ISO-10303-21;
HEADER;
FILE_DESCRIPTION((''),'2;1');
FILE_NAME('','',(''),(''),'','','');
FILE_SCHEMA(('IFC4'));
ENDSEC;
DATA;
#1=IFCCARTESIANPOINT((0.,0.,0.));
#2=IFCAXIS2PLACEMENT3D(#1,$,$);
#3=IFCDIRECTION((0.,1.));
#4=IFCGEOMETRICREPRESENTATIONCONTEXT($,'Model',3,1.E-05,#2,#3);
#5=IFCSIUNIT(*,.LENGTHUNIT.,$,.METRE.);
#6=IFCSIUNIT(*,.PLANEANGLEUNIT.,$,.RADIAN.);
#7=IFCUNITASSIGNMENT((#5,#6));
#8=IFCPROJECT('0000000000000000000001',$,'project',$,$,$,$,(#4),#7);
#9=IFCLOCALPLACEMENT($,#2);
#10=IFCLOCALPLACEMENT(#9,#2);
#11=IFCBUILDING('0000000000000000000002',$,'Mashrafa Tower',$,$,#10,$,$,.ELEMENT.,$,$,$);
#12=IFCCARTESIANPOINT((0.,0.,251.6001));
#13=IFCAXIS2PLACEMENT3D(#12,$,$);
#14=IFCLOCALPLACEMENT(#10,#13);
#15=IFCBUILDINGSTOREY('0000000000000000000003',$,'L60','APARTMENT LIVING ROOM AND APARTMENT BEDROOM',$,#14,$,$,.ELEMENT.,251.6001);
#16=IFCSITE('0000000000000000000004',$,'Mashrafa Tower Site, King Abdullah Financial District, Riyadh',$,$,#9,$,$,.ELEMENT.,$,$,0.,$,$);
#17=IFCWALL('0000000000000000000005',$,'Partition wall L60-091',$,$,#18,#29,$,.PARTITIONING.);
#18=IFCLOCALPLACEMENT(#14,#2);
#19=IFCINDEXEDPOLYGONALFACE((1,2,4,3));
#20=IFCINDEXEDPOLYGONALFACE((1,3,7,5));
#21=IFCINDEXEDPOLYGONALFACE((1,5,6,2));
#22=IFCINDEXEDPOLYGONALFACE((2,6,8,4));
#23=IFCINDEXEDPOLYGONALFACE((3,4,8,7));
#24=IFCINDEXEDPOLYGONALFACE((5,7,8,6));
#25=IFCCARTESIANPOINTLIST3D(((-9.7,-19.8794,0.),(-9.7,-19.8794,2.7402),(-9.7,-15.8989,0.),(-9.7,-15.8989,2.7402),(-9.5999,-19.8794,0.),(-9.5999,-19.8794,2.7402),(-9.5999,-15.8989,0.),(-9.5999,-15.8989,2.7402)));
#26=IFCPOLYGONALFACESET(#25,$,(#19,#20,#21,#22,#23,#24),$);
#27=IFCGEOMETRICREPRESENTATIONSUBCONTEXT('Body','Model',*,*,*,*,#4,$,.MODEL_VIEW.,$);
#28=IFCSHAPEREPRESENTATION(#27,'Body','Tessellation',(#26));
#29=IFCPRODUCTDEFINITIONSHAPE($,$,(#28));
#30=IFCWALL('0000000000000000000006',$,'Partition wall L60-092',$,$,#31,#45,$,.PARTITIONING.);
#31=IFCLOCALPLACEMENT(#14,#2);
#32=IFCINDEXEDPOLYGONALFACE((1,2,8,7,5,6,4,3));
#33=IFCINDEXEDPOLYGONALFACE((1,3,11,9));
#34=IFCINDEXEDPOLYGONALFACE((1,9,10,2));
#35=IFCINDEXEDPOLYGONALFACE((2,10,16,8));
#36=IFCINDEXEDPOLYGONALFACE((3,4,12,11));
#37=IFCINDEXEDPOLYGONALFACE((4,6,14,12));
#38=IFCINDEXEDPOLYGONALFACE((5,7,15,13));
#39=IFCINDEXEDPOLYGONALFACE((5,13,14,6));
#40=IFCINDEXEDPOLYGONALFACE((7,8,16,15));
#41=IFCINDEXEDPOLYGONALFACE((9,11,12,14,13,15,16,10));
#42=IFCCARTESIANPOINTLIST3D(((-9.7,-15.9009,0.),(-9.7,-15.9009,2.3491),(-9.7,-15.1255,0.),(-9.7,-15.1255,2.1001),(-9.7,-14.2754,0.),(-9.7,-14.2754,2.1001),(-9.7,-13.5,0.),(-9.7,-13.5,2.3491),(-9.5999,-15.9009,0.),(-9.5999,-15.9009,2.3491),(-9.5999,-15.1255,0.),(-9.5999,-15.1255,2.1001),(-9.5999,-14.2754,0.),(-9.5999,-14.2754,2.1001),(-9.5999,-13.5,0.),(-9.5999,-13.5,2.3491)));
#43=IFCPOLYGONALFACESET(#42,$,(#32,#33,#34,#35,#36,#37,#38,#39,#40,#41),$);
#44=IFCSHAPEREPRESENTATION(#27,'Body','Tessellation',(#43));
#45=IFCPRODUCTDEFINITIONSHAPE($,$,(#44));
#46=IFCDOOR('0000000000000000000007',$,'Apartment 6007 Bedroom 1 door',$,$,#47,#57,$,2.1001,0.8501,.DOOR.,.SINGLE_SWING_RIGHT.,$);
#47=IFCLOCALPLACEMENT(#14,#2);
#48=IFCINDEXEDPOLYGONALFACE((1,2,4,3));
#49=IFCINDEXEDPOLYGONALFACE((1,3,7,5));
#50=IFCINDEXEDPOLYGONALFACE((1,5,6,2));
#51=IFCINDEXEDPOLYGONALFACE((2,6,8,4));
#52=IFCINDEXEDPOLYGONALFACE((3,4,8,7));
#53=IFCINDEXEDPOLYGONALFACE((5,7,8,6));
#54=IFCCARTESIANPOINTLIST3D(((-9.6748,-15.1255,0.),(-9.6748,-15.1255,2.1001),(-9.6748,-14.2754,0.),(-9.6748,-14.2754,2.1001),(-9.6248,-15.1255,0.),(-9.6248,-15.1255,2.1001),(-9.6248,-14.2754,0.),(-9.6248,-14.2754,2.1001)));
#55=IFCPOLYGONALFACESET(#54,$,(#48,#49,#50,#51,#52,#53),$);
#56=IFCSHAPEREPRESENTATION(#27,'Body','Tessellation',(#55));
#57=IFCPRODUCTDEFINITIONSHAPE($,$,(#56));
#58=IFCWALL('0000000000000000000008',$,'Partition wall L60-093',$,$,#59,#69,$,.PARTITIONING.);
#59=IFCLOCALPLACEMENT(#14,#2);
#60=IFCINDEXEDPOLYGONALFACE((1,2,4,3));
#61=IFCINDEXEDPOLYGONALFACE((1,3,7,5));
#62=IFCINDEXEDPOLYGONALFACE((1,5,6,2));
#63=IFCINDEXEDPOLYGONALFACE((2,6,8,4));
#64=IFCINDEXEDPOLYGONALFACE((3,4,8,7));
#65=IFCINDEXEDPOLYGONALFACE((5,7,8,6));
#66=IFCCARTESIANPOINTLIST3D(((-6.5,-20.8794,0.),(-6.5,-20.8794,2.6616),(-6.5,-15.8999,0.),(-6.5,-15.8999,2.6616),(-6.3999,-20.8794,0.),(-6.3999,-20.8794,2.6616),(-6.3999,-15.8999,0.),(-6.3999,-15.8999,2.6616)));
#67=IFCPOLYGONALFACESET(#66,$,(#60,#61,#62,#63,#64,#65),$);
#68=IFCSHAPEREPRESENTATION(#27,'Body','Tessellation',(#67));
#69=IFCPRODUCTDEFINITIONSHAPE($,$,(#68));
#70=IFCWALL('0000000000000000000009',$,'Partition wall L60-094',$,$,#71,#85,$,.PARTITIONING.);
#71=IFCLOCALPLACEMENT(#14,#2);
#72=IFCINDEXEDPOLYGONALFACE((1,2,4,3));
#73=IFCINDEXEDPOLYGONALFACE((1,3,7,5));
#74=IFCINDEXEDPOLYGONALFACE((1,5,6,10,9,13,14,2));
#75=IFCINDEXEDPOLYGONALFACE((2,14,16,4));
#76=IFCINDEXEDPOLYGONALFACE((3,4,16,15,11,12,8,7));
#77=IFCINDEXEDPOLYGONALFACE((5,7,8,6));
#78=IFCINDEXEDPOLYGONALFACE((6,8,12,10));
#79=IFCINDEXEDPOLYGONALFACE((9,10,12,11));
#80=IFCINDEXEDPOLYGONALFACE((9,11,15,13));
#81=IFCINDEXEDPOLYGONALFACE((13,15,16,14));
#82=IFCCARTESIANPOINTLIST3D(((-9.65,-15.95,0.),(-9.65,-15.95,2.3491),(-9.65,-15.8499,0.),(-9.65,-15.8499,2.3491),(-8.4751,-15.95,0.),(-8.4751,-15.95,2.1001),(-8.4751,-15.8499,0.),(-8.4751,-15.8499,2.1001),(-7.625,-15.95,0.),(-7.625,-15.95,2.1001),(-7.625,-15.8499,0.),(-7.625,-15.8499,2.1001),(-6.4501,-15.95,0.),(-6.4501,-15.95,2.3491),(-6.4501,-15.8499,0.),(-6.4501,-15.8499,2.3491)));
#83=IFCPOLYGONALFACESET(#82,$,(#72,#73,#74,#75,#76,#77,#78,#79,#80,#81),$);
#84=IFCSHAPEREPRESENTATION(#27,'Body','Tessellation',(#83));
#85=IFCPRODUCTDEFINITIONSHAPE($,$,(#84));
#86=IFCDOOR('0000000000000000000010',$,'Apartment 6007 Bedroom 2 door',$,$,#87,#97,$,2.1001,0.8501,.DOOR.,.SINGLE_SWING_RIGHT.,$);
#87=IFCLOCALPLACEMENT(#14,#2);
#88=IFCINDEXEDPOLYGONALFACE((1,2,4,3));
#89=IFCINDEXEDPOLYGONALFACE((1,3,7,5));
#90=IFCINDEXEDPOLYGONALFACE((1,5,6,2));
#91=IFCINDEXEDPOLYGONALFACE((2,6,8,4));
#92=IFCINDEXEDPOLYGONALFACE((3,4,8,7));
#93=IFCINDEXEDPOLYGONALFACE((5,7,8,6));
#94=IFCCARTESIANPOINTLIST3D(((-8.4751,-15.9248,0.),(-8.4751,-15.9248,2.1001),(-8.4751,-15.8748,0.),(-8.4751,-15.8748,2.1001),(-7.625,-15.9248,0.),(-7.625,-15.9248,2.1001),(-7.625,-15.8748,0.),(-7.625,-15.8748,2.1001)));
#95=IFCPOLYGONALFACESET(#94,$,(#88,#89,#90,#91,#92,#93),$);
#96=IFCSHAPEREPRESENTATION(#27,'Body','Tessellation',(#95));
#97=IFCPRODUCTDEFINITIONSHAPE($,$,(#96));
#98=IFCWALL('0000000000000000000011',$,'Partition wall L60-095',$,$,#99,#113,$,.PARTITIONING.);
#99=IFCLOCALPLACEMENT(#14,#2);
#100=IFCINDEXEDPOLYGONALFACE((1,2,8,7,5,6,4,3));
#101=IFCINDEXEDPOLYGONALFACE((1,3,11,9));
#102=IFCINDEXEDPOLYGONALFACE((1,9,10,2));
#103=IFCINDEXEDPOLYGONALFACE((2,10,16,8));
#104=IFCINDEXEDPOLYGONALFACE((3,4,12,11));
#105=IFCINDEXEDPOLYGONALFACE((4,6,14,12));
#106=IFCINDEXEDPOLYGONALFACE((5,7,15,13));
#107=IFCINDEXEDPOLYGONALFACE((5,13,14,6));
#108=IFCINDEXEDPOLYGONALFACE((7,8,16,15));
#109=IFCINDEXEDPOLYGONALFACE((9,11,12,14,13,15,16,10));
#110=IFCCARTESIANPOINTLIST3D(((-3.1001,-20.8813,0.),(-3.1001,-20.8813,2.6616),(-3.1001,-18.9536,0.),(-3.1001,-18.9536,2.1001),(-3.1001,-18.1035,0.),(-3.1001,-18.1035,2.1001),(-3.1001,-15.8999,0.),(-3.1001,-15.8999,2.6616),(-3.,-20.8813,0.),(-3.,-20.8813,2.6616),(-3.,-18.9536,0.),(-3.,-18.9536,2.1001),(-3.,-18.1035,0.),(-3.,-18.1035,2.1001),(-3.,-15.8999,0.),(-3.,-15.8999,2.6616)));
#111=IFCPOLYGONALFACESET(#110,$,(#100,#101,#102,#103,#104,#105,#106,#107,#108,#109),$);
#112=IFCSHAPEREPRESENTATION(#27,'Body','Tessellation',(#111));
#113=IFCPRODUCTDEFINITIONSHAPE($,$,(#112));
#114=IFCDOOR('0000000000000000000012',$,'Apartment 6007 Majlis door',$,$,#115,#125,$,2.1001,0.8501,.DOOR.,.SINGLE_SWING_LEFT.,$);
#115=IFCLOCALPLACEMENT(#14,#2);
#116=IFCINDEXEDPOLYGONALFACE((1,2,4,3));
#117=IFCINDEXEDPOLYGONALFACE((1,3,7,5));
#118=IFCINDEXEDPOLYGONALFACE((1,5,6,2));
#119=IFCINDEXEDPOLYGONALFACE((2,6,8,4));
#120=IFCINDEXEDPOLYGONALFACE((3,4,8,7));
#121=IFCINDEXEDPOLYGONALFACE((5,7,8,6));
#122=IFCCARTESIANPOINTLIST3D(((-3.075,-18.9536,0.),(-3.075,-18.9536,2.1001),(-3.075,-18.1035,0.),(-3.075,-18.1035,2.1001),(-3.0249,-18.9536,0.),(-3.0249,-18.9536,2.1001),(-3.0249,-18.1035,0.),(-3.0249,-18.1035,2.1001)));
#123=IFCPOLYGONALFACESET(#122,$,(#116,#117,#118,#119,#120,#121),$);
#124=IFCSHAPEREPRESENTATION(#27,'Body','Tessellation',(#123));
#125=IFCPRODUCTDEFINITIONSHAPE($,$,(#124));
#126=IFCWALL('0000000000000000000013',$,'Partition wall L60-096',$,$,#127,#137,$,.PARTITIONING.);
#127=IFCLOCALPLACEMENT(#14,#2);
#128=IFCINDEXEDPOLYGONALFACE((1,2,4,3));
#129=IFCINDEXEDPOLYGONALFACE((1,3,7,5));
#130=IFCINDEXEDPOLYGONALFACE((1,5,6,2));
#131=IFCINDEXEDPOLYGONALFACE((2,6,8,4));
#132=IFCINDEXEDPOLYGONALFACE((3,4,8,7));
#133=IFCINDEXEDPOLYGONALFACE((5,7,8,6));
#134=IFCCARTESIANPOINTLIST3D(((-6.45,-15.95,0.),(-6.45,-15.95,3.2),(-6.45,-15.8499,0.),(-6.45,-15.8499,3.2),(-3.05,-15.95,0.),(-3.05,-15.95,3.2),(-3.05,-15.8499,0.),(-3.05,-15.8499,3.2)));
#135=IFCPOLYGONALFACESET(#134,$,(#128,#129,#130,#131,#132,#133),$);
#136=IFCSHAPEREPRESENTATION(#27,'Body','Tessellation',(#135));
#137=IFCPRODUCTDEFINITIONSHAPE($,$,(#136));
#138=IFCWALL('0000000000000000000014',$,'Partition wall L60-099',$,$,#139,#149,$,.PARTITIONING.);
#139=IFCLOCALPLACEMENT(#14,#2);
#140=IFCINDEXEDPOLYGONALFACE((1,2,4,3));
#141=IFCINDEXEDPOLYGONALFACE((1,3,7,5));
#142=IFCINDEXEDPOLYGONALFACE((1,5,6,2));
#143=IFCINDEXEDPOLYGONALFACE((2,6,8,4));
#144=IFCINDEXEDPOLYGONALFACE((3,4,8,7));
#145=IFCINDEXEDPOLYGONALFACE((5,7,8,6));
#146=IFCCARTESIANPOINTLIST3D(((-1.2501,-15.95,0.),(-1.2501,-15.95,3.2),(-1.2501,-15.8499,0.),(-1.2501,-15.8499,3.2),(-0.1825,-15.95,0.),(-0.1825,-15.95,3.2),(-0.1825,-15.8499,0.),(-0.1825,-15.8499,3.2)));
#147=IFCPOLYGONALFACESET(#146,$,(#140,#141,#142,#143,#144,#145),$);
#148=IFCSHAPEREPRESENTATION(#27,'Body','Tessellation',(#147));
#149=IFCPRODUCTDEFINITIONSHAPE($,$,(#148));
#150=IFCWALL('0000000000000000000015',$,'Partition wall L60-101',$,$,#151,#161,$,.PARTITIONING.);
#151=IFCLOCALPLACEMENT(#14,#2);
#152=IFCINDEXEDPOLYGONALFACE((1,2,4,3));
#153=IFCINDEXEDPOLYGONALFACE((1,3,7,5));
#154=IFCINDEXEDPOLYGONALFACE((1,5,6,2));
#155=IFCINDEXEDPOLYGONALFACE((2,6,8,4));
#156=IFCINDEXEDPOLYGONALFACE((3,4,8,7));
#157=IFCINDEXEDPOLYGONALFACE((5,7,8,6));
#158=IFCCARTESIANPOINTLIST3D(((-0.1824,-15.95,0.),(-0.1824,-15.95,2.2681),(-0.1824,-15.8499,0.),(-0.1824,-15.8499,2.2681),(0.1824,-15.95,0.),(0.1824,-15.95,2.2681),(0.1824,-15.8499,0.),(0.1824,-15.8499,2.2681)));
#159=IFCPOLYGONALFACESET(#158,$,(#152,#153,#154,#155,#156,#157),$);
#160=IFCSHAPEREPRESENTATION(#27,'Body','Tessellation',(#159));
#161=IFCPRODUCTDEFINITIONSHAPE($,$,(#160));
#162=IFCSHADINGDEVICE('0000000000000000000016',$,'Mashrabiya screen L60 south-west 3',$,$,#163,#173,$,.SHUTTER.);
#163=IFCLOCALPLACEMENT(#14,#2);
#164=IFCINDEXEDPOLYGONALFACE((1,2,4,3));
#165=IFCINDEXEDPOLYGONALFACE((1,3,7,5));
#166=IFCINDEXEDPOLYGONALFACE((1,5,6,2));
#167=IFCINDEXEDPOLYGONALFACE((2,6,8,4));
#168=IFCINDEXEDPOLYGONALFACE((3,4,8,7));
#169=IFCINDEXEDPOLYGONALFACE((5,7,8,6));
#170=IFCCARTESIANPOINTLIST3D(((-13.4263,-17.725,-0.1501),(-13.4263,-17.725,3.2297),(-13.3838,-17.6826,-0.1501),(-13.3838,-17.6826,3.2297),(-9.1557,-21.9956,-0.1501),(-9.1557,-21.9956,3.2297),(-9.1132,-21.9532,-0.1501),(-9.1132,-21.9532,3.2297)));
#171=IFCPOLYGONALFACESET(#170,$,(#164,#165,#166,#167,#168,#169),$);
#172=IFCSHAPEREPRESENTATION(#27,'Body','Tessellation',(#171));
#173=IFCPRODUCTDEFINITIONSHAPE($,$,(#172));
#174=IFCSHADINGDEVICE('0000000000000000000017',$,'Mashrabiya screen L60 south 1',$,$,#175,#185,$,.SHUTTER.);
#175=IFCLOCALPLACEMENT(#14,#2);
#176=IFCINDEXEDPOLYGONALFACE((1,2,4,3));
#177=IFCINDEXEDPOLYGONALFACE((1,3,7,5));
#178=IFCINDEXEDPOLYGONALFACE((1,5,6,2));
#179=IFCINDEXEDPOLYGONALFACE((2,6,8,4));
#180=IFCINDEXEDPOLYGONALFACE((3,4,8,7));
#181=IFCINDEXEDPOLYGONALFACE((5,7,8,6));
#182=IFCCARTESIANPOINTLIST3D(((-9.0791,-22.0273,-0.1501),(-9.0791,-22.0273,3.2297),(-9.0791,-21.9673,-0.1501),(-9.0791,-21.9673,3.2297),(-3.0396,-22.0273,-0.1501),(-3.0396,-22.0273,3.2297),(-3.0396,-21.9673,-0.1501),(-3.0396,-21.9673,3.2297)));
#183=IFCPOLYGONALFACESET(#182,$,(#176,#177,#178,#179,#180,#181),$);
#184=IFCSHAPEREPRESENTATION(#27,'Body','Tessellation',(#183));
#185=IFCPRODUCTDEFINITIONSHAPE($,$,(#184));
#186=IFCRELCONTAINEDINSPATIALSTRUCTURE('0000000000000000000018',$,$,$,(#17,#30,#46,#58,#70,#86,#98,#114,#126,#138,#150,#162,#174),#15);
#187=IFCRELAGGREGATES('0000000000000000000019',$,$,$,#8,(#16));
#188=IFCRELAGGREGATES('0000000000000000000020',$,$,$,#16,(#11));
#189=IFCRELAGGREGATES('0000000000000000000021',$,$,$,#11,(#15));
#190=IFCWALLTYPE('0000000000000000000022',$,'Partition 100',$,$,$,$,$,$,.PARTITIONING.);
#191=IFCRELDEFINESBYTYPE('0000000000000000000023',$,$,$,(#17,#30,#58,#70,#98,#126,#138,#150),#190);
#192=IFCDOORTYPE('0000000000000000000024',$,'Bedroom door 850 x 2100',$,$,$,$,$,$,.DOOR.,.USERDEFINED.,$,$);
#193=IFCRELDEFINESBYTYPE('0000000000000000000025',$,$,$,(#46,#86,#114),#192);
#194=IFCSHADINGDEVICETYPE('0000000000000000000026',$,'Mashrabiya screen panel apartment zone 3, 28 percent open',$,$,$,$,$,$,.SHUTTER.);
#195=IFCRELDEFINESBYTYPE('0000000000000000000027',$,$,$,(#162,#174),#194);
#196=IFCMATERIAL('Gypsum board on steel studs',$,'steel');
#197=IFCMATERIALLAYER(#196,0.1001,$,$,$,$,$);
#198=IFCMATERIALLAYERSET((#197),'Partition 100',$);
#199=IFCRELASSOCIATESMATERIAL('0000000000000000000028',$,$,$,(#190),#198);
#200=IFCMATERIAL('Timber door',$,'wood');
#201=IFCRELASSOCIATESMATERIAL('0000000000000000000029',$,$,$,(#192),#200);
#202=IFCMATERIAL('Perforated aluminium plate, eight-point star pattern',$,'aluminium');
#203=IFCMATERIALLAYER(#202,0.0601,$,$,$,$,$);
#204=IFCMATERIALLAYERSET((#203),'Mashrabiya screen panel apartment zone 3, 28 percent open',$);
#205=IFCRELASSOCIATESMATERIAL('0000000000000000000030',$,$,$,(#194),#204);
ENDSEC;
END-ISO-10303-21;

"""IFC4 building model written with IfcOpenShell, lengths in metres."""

from ifc_helpers import new_model, si_unit, direction, frame, frame_2d, origin, origin_2d, place, context, subcontext, project, spatial, rectangle, extrude, source, transform, mapped, material, layer, layer_set, type_object, type_shapes, element, fill, save


model = new_model("IFC4")

# Units and contexts
model_context = context("Model", 3, precision=1e-05, world=origin(), true_north=direction((0.0, 1.0)))
body_context = subcontext(model_context, "Body", "Model", "MODEL_VIEW")
ifc_project = project(units=[si_unit("LENGTHUNIT", "METRE"), si_unit("PLANEANGLEUNIT", "RADIAN")], contexts=[model_context])

# Site, building, storey
site_placement = place(None, origin())
site = spatial("IfcSite", under=ifc_project, at=site_placement, Name="Mashrafa Tower Site, King Abdullah Financial District, Riyadh", CompositionType="ELEMENT", RefElevation=0.0)
building_placement = place(site_placement, origin())
building = spatial("IfcBuilding", under=site, at=building_placement, Name="Mashrafa Tower", CompositionType="ELEMENT")
storey_placement = place(building_placement, frame((0.0, 0.0, 251.6001)))
storey = spatial("IfcBuildingStorey", under=building, at=storey_placement, Name="L60", Description="APARTMENT LIVING ROOM AND APARTMENT BEDROOM", CompositionType="ELEMENT", Elevation=251.6001)

# Wall
ifc_material_1 = material(Name="Gypsum board on steel studs", Category="steel")
ifc_layer_1 = layer(ifc_material_1, 0.1001)
ifc_layer_set_1 = layer_set([ifc_layer_1], Name="Partition 100")
wall_type = type_object("IfcWallType", Name="Partition 100", PredefinedType="PARTITIONING", material=ifc_layer_set_1)
wall_1_placement = place(storey_placement, frame((-9.6499, -19.8794, 0.0), z_axis=(0.0, 0.0, 1.0), x_axis=(0.0, 1.0, 0.0)))
element("IfcWall", 1, at=wall_1_placement, inside=storey, type_object=wall_type, Name="Partition wall L60-091", PredefinedType="PARTITIONING", context=body_context, shape_type="SweptSolid", body=[
    extrude(rectangle(XDim=3.9805, YDim=0.1001, at=frame_2d((1.9902, 0.0))), origin(), (0.0, 0.0, 1.0), 2.7402),
])

# Wall, opening, door
wall_2_placement = place(storey_placement, frame((-9.6499, -15.9009, 0.0), z_axis=(0.0, 0.0, 1.0), x_axis=(0.0, 1.0, 0.0)))
wall_2 = element("IfcWall", 2, at=wall_2_placement, inside=storey, type_object=wall_type, Name="Partition wall L60-092", PredefinedType="PARTITIONING", context=body_context, shape_type="SweptSolid", body=[
    extrude(rectangle(XDim=2.4009, YDim=0.1001, at=frame_2d((1.2004, 0.0))), origin(), (0.0, 0.0, 1.0), 2.3491),
])
opening_1_placement = place(wall_2_placement, frame((0.7754, 0.0, 0.0)))
opening_1 = element("IfcOpeningElement", 3, at=opening_1_placement, cuts=wall_2, PredefinedType="OPENING", context=body_context, shape_type="SweptSolid", body=[
    extrude(rectangle(XDim=0.8501, YDim=2.1001, at=frame_2d((0.425, 1.05))), frame((0.0, 0.0601, 0.0), z_axis=(0.0, -1.0, 0.0), x_axis=(1.0, 0.0, 0.0)), (0.0, 0.0, 1.0), 0.1201),
])
ifc_material_2 = material(Name="Timber door", Category="wood")
door_type = type_object("IfcDoorType", Name="Bedroom door 850 x 2100", OperationType="USERDEFINED", PredefinedType="DOOR", material=ifc_material_2)
door_1_placement = place(opening_1_placement, origin())
door_1 = element("IfcDoor", 4, at=door_1_placement, inside=storey, type_object=door_type, Name="Apartment 6007 Bedroom 1 door", OperationType="SINGLE_SWING_RIGHT", OverallHeight=2.1001, OverallWidth=0.8501, PredefinedType="DOOR", context=body_context, shape_type="SweptSolid", body=[
    extrude(rectangle(XDim=0.8501, YDim=2.1001, at=frame_2d((0.425, 1.05))), frame((0.0, 0.0249, 0.0), z_axis=(0.0, -1.0, 0.0), x_axis=(1.0, 0.0, 0.0)), (0.0, 0.0, 1.0), 0.05),
])
fill(opening_1, door_1)

# Wall
wall_3_placement = place(storey_placement, frame((-6.45, -20.8794, 0.0), z_axis=(0.0, 0.0, 1.0), x_axis=(0.0, 1.0, 0.0)))
element("IfcWall", 5, at=wall_3_placement, inside=storey, type_object=wall_type, Name="Partition wall L60-093", PredefinedType="PARTITIONING", context=body_context, shape_type="SweptSolid", body=[
    extrude(rectangle(XDim=4.9795, YDim=0.1001, at=frame_2d((2.4897, 0.0))), origin(), (0.0, 0.0, 1.0), 2.6616),
])

# Walls, openings, doors
wall_4_placement = place(storey_placement, frame((-6.45, -15.8999, 0.0), z_axis=(0.0, 0.0, 1.0), x_axis=(-1.0, 0.0, 0.0)))
wall_4 = element("IfcWall", 6, at=wall_4_placement, inside=storey, type_object=wall_type, Name="Partition wall L60-094", PredefinedType="PARTITIONING", context=body_context, shape_type="SweptSolid", body=[
    extrude(rectangle(XDim=3.2, YDim=0.1001, at=frame_2d((1.6001, 0.0))), origin(), (0.0, 0.0, 1.0), 2.3491),
])
opening_2_placement = place(wall_4_placement, frame((1.175, 0.0, 0.0)))
opening_2 = element("IfcOpeningElement", 7, at=opening_2_placement, cuts=wall_4, PredefinedType="OPENING", context=body_context, shape_type="SweptSolid", body=[
    extrude(rectangle(XDim=0.8501, YDim=2.1001, at=frame_2d((0.425, 1.05))), frame((0.0, 0.0601, 0.0), z_axis=(0.0, -1.0, 0.0), x_axis=(1.0, 0.0, 0.0)), (0.0, 0.0, 1.0), 0.1201),
])
door_2_placement = place(opening_2_placement, origin())
door_2 = element("IfcDoor", 8, at=door_2_placement, inside=storey, type_object=door_type, Name="Apartment 6007 Bedroom 2 door", OperationType="SINGLE_SWING_RIGHT", OverallHeight=2.1001, OverallWidth=0.8501, PredefinedType="DOOR", context=body_context, shape_type="SweptSolid", body=[
    extrude(rectangle(XDim=0.8501, YDim=2.1001, at=frame_2d((0.425, 1.05))), frame((0.0, 0.0249, 0.0), z_axis=(0.0, -1.0, 0.0), x_axis=(1.0, 0.0, 0.0)), (0.0, 0.0, 1.0), 0.05),
])
fill(opening_2, door_2)
wall_5_placement = place(storey_placement, frame((-3.05, -20.8813, 0.0), z_axis=(0.0, 0.0, 1.0), x_axis=(0.0, 1.0, 0.0)))
wall_5 = element("IfcWall", 9, at=wall_5_placement, inside=storey, type_object=wall_type, Name="Partition wall L60-095", PredefinedType="PARTITIONING", context=body_context, shape_type="SweptSolid", body=[
    extrude(rectangle(XDim=4.9814, YDim=0.1001, at=frame_2d((2.4907, 0.0))), origin(), (0.0, 0.0, 1.0), 2.6616),
])
opening_3_placement = place(wall_5_placement, frame((1.9277, 0.0, 0.0)))
opening_3 = element("IfcOpeningElement", 10, at=opening_3_placement, cuts=wall_5, PredefinedType="OPENING", context=body_context, shape_type="SweptSolid", body=[
    extrude(rectangle(XDim=0.8501, YDim=2.1001, at=frame_2d((0.425, 1.05))), frame((0.0, 0.0601, 0.0), z_axis=(0.0, -1.0, 0.0), x_axis=(1.0, 0.0, 0.0)), (0.0, 0.0, 1.0), 0.1201),
])
door_3_placement = place(opening_3_placement, origin())
door_3 = element("IfcDoor", 11, at=door_3_placement, inside=storey, type_object=door_type, Name="Apartment 6007 Majlis door", OperationType="SINGLE_SWING_LEFT", OverallHeight=2.1001, OverallWidth=0.8501, PredefinedType="DOOR", context=body_context, shape_type="SweptSolid", body=[
    extrude(rectangle(XDim=0.8501, YDim=2.1001, at=frame_2d((0.425, 1.05))), frame((0.0, 0.0249, 0.0), z_axis=(0.0, -1.0, 0.0), x_axis=(1.0, 0.0, 0.0)), (0.0, 0.0, 1.0), 0.05),
])
fill(opening_3, door_3)

# Walls
wall_6_placement = place(storey_placement, frame((-3.05, -15.8999, 0.0), z_axis=(0.0, 0.0, 1.0), x_axis=(-1.0, 0.0, 0.0)))
element("IfcWall", 12, at=wall_6_placement, inside=storey, type_object=wall_type, Name="Partition wall L60-096", PredefinedType="PARTITIONING", context=body_context, shape_type="SweptSolid", body=[
    extrude(rectangle(XDim=3.3999, YDim=0.1001, at=frame_2d((1.7, 0.0))), origin(), (0.0, 0.0, 1.0), 3.2),
])
wall_7_placement = place(storey_placement, frame((-1.25, -15.8999, 0.0), z_axis=(0.0, 0.0, 1.0), x_axis=(1.0, 0.0, 0.0)))
element("IfcWall", 13, at=wall_7_placement, inside=storey, type_object=wall_type, Name="Partition wall L60-099", PredefinedType="PARTITIONING", context=body_context, shape_type="SweptSolid", body=[
    extrude(rectangle(XDim=1.0676, YDim=0.1001, at=frame_2d((0.5337, 0.0))), origin(), (0.0, 0.0, 1.0), 3.2),
])
wall_8_placement = place(storey_placement, frame((-0.1824, -15.8999, 0.0), z_axis=(0.0, 0.0, 1.0), x_axis=(1.0, 0.0, 0.0)))
element("IfcWall", 14, at=wall_8_placement, inside=storey, type_object=wall_type, Name="Partition wall L60-101", PredefinedType="PARTITIONING", context=body_context, shape_type="SweptSolid", body=[
    extrude(rectangle(XDim=0.3647, YDim=0.1001, at=frame_2d((0.1824, 0.0))), origin(), (0.0, 0.0, 1.0), 2.2681),
])

# Shading devices
ifc_material_3 = material(Name="Perforated aluminium plate, eight-point star pattern", Category="aluminium")
ifc_layer_2 = layer(ifc_material_3, 0.0601)
ifc_layer_set_2 = layer_set([ifc_layer_2], Name="Mashrabiya screen panel apartment zone 3, 28 percent open")
shading_device_type = type_object("IfcShadingDeviceType", Name="Mashrabiya screen panel apartment zone 3, 28 percent open", PredefinedType="SHUTTER", material=ifc_layer_set_2)
shared_shape_1 = source(origin(), body_context, "Body", "SweptSolid", [
    extrude(rectangle(XDim=6.0396, YDim=0.0601, at=origin_2d()), origin(), (0.0, 0.0, 1.0), 3.3799),
])
type_shapes(shading_device_type, [shared_shape_1])
for number, where, z_axis, x_axis, name in (
    (15, (-11.2698, -19.8391, -0.1501), (0.0, 0.0, 1.0), (0.707107, -0.707107, 0.0), "Mashrabiya screen L60 south-west 3"),
    (16, (-6.0593, -21.9973, -0.1501), (0.0, 0.0, 1.0), (1.0, 0.0, 0.0), "Mashrabiya screen L60 south 1"),
):
    element("IfcShadingDevice", number, at=place(storey_placement, frame(where, z_axis=z_axis, x_axis=x_axis)), inside=storey, type_object=shading_device_type, Name=name, PredefinedType="SHUTTER", context=body_context, shape_type="MappedRepresentation", body=[
        mapped(shared_shape_1, transform((0.0, 0.0, 0.0))),
    ])

save(model, "model.ifc")
